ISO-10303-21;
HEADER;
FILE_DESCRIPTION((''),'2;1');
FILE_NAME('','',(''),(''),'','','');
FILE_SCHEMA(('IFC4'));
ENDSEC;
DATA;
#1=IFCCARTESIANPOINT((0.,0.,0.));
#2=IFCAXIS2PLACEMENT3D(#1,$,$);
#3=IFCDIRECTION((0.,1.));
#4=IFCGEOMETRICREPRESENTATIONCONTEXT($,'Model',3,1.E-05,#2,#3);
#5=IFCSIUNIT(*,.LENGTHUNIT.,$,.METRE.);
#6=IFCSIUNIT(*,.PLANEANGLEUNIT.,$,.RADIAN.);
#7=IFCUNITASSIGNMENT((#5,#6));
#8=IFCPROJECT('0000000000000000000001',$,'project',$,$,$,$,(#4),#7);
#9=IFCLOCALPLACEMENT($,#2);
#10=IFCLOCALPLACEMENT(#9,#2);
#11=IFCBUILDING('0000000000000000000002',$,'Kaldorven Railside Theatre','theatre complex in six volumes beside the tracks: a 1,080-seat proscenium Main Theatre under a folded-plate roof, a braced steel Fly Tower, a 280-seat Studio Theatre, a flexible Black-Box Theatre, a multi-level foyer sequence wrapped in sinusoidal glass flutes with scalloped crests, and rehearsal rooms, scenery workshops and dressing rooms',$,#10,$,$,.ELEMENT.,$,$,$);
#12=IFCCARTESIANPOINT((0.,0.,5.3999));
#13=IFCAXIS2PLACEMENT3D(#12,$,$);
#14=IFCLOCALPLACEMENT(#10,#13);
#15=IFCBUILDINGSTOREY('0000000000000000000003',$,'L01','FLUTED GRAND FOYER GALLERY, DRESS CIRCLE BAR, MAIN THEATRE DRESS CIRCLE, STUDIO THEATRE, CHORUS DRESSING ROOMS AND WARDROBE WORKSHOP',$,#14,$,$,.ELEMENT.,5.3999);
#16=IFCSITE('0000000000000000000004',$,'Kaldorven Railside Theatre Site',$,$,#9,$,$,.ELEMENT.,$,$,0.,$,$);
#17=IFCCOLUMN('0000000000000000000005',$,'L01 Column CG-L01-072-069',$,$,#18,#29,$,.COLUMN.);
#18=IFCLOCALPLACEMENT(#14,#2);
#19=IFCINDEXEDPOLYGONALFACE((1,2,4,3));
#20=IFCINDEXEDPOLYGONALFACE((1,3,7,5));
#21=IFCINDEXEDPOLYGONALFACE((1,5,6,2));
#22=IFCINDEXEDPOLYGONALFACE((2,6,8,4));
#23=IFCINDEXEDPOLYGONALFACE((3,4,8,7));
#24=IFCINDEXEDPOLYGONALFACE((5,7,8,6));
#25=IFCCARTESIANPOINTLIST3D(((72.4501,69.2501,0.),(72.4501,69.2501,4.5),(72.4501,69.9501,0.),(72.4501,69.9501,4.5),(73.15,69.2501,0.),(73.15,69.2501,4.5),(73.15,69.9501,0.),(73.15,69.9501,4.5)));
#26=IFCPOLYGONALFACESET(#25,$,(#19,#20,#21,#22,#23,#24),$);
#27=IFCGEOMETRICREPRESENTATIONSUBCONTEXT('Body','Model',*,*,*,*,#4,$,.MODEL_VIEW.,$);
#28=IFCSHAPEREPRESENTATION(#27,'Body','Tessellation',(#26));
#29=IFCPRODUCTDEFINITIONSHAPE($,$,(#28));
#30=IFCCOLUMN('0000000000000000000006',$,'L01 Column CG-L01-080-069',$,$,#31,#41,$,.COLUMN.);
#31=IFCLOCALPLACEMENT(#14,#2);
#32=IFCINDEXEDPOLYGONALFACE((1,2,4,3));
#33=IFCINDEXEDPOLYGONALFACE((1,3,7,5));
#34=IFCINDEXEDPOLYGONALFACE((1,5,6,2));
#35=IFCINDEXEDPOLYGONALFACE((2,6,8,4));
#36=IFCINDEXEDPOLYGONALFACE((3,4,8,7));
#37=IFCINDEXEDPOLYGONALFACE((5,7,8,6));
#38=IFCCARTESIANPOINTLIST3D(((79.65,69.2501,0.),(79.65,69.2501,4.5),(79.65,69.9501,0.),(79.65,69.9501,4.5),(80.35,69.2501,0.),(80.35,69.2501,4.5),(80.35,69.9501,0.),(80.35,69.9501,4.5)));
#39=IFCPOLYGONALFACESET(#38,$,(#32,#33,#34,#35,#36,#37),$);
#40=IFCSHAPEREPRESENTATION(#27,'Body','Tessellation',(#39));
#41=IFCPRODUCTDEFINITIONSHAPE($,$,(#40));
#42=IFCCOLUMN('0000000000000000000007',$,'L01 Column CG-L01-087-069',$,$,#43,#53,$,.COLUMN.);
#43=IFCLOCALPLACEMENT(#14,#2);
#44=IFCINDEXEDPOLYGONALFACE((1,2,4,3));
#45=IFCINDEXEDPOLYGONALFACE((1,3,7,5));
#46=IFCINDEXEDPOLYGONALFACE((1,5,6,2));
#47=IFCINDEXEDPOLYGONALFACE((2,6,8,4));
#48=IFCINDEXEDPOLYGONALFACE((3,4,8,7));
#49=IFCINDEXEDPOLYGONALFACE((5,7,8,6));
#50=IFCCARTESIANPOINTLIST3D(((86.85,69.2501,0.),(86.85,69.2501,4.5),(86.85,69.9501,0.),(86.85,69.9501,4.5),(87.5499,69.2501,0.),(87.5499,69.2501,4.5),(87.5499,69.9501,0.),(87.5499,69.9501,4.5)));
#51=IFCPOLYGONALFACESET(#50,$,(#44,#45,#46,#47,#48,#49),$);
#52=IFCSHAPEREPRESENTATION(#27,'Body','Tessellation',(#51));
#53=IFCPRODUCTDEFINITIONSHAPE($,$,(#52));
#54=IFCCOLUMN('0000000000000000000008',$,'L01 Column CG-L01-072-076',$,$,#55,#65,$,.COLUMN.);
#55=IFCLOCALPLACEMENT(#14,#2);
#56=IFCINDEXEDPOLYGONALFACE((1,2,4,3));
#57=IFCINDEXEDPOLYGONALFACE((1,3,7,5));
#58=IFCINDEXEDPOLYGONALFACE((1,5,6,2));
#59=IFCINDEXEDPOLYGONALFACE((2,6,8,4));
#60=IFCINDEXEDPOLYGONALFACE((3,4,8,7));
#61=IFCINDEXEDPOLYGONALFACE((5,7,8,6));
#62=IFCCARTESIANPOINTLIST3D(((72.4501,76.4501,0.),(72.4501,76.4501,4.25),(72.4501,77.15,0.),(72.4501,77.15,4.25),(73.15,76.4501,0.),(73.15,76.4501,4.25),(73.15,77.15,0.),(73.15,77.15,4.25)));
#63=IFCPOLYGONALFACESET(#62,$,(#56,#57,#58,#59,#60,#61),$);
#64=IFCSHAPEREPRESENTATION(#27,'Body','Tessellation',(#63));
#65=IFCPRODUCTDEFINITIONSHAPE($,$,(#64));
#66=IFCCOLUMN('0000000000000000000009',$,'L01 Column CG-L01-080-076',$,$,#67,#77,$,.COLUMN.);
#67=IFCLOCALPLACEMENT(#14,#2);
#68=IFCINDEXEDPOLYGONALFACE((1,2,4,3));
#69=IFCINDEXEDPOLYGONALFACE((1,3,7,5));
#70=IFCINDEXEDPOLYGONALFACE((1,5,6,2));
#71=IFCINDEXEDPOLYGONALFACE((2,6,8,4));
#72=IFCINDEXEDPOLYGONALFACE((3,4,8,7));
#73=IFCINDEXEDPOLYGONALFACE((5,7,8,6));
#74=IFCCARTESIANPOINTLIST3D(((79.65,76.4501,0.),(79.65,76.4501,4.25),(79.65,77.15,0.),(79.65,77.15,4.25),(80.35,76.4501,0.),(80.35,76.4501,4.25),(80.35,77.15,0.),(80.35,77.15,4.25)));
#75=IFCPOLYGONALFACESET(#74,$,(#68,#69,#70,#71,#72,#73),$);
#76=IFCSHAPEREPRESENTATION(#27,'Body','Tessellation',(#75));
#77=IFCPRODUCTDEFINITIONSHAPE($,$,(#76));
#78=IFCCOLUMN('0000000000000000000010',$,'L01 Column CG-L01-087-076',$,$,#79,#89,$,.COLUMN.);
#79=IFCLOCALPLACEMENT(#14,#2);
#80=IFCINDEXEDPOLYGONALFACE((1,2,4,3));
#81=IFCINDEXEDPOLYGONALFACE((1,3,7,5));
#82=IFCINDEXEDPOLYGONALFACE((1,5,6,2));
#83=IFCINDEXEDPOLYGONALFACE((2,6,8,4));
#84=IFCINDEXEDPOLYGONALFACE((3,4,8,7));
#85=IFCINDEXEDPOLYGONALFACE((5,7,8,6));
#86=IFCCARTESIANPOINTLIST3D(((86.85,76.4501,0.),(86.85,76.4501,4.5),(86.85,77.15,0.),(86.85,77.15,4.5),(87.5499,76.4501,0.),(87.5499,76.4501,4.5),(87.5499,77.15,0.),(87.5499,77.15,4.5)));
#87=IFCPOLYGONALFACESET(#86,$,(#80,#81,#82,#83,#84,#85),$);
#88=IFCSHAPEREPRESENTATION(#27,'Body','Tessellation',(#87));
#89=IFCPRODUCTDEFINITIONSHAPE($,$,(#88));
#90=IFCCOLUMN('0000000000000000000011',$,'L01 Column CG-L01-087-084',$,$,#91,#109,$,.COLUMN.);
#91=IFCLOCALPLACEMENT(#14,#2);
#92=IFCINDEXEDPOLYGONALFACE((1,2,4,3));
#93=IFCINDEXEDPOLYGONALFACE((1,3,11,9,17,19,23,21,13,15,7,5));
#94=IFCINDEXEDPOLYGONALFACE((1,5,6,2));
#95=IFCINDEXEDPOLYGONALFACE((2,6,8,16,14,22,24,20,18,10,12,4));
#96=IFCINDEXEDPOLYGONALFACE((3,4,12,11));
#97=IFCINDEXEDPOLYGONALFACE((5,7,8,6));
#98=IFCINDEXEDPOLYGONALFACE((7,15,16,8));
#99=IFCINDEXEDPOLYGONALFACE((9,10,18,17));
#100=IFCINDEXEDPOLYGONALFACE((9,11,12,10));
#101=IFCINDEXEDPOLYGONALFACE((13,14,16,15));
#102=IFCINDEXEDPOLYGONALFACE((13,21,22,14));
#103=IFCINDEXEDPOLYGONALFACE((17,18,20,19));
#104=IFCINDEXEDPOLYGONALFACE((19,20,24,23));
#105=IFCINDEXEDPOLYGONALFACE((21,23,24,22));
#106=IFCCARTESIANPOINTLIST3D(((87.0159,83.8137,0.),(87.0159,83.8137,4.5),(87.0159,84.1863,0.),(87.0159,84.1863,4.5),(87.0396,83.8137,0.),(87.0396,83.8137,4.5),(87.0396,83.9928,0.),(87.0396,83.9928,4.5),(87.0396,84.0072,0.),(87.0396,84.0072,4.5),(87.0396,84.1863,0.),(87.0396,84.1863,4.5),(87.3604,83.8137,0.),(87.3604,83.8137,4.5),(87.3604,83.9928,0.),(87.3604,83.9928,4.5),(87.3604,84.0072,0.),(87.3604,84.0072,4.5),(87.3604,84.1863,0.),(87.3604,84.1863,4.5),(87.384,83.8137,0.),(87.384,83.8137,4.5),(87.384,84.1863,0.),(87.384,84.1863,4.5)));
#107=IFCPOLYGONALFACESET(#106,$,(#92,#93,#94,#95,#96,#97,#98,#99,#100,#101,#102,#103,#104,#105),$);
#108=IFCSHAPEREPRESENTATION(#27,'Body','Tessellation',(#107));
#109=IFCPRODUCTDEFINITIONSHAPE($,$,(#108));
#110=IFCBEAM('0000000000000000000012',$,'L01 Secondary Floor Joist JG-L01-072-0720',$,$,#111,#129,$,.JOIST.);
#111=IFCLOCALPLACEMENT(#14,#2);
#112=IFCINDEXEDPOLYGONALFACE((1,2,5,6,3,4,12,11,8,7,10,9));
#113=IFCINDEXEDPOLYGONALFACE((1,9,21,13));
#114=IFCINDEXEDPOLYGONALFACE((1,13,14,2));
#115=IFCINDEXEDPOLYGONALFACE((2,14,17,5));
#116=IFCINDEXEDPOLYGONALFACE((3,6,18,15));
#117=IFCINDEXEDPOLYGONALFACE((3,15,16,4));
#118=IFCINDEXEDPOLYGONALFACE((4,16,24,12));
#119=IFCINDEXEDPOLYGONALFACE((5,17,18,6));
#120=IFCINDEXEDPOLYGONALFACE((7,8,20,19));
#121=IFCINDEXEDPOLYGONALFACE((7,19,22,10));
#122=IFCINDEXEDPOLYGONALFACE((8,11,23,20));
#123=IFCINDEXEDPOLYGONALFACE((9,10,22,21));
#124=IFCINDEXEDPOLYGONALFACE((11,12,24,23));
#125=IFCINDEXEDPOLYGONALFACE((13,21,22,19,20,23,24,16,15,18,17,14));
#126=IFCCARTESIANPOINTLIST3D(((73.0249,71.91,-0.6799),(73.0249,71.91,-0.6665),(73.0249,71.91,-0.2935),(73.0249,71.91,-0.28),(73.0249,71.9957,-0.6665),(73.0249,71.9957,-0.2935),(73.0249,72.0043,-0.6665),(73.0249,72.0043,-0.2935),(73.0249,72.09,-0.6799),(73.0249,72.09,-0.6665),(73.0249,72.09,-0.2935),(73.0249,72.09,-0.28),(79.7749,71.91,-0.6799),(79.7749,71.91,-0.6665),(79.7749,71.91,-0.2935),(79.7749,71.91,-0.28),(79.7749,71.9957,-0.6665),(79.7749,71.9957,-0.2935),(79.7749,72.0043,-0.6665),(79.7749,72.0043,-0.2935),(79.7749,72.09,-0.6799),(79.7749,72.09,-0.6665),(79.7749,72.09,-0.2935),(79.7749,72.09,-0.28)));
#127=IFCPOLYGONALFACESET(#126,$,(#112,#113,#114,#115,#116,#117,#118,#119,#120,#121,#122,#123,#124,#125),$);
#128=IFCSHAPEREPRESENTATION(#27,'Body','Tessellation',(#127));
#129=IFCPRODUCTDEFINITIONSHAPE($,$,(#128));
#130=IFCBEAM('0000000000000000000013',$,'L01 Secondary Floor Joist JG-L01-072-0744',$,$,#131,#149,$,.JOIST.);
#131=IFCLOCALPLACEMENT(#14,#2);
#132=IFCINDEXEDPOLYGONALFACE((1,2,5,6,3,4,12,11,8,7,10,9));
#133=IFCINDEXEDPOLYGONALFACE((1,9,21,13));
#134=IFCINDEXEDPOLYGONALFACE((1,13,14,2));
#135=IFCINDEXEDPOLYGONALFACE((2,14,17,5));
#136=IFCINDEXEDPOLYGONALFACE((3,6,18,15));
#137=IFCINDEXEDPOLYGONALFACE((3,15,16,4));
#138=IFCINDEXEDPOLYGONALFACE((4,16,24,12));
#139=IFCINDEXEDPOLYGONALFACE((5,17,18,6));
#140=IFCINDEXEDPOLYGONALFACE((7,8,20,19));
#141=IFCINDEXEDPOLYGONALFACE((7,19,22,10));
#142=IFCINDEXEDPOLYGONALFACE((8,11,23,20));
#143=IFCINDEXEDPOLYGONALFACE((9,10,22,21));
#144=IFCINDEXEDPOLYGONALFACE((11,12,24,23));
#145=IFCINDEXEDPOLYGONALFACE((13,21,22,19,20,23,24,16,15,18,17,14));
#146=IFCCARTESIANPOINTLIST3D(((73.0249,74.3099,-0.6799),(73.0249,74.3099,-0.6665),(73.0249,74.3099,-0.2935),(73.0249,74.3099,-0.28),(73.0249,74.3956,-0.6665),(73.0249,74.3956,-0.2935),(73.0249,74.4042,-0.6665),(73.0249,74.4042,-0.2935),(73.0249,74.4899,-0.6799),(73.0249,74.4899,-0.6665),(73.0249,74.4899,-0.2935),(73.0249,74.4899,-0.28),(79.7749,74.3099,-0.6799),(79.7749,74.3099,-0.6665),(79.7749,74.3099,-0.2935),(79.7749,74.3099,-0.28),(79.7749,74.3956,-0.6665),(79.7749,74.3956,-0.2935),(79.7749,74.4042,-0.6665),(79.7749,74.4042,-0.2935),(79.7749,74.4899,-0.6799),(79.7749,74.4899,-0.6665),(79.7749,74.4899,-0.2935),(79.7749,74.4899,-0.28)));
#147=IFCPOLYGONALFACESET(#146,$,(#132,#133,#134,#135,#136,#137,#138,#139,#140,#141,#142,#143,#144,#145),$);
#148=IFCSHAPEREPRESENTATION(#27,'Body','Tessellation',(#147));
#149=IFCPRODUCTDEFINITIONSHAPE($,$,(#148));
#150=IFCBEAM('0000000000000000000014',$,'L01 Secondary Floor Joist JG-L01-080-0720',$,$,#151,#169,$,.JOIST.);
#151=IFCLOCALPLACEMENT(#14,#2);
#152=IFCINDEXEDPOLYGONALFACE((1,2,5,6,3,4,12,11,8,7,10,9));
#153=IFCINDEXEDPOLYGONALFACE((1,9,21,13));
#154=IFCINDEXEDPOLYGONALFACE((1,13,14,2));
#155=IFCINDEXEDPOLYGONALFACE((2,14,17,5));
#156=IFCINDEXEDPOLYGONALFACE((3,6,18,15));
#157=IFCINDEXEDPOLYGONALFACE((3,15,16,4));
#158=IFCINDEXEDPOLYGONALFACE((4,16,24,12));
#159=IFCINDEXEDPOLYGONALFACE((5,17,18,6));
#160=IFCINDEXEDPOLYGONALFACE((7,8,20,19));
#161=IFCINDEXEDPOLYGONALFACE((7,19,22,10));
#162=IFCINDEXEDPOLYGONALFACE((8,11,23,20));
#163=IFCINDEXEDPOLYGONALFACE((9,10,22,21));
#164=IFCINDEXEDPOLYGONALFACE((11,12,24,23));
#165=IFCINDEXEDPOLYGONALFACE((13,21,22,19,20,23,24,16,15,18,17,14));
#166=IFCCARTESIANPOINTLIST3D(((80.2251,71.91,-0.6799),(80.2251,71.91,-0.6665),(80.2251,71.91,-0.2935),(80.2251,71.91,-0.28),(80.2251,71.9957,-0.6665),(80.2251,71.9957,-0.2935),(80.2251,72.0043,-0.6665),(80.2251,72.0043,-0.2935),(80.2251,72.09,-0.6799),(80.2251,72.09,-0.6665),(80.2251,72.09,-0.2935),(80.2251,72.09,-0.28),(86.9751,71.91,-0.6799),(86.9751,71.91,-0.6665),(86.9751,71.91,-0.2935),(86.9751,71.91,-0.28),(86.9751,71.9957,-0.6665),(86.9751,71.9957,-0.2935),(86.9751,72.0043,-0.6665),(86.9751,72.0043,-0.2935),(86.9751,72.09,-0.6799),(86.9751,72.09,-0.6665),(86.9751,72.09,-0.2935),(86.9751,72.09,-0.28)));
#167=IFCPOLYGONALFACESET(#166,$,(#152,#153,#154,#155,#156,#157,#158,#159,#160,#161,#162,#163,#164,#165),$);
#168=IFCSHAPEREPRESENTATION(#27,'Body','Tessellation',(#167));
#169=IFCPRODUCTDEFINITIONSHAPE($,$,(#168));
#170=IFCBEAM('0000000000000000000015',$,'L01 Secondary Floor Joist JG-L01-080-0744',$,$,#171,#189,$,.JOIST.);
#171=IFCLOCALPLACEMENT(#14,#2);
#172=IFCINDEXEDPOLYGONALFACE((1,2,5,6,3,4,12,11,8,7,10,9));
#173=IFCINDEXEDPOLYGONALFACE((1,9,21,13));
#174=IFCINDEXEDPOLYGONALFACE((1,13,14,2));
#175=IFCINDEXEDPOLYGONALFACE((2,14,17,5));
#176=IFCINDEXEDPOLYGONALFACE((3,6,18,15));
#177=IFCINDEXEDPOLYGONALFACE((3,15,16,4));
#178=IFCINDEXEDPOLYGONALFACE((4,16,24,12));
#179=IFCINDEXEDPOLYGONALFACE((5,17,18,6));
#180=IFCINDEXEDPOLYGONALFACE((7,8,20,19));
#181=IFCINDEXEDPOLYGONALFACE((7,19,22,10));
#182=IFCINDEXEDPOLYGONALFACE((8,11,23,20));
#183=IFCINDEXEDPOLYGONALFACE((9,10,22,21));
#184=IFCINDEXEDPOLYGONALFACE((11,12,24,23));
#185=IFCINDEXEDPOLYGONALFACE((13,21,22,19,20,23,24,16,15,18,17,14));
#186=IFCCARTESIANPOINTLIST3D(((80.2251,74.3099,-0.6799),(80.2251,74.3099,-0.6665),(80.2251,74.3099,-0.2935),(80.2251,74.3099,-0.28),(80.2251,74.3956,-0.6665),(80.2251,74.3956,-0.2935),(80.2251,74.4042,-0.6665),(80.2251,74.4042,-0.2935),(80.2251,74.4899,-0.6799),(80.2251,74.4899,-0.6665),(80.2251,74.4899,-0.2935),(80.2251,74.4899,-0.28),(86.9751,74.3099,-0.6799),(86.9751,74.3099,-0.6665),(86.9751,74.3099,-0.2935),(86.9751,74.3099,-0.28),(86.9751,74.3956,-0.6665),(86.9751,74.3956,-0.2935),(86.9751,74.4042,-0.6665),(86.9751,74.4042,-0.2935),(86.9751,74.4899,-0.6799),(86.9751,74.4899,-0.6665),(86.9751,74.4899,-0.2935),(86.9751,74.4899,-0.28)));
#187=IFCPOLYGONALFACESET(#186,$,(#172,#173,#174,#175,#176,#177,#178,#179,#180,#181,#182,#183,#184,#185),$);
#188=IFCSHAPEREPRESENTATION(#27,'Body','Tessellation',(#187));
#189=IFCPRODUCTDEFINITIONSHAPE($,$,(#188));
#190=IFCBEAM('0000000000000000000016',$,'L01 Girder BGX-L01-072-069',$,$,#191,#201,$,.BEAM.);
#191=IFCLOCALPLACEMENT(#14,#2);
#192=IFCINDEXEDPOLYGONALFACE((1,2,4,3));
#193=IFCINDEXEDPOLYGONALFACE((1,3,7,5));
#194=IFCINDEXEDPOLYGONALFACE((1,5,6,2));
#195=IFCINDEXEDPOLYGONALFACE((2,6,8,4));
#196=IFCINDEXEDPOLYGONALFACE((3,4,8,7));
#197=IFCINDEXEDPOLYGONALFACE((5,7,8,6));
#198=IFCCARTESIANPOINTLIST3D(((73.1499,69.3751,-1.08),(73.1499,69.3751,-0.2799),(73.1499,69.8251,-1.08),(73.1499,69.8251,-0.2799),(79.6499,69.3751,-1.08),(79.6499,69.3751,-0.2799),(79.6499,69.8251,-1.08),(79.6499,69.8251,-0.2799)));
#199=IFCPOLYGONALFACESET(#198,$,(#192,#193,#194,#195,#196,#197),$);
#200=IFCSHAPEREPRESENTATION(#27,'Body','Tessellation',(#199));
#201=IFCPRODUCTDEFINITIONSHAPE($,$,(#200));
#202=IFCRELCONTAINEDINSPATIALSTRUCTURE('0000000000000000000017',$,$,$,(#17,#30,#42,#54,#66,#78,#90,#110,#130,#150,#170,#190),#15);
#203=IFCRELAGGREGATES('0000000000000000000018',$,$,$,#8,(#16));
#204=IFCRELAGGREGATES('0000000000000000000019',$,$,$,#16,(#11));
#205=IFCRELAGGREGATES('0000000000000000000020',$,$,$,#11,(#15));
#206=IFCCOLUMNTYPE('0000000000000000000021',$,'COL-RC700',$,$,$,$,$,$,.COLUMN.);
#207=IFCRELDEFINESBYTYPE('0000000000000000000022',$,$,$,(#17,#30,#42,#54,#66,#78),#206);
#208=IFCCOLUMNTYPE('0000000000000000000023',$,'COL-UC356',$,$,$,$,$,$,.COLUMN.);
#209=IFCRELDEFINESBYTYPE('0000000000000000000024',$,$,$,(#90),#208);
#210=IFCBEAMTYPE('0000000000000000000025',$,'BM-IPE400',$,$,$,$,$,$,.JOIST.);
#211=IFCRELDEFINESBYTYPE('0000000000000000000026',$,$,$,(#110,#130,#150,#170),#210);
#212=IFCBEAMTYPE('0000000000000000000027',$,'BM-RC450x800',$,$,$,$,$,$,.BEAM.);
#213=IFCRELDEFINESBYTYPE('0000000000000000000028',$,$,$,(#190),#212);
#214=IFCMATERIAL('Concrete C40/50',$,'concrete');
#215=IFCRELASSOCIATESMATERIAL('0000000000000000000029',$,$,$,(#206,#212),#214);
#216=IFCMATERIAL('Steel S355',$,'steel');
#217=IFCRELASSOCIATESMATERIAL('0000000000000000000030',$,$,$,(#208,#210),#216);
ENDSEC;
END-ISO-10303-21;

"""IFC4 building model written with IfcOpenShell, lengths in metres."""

from ifc_helpers import new_model, si_unit, direction, frame, origin, origin_2d, place, context, subcontext, project, spatial, rectangle, i_section, extrude, material, material_profile, profile_set, type_object, element, save


model = new_model("IFC4")

# Units and contexts
model_context = context("Model", 3, precision=1e-05, world=origin(), true_north=direction((0.0, 1.0)))
body_context = subcontext(model_context, "Body", "Model", "MODEL_VIEW")
ifc_project = project(units=[si_unit("LENGTHUNIT", "METRE"), si_unit("PLANEANGLEUNIT", "RADIAN")], contexts=[model_context])

# Site, building, storey
site_placement = place(None, origin())
site = spatial("IfcSite", under=ifc_project, at=site_placement, Name="Kaldorven Railside Theatre Site", CompositionType="ELEMENT", RefElevation=0.0)
building_placement = place(site_placement, origin())
building = spatial("IfcBuilding", under=site, at=building_placement, Name="Kaldorven Railside Theatre", Description="theatre complex in six volumes beside the tracks: a 1,080-seat proscenium Main Theatre under a folded-plate roof, a braced steel Fly Tower, a 280-seat Studio Theatre, a flexible Black-Box Theatre, a multi-level foyer sequence wrapped in sinusoidal glass flutes with scalloped crests, and rehearsal rooms, scenery workshops and dressing rooms", CompositionType="ELEMENT")
storey_placement = place(building_placement, frame((0.0, 0.0, 5.3999)))
storey = spatial("IfcBuildingStorey", under=building, at=storey_placement, Name="L01", Description="FLUTED GRAND FOYER GALLERY, DRESS CIRCLE BAR, MAIN THEATRE DRESS CIRCLE, STUDIO THEATRE, CHORUS DRESSING ROOMS AND WARDROBE WORKSHOP", CompositionType="ELEMENT", Elevation=5.3999)

# Columns
ifc_material_1 = material(Name="Concrete C40/50", Category="concrete")
ifc_material_profile_1 = material_profile(ifc_material_1, rectangle(XDim=0.7, YDim=0.7, at=origin_2d()), Name="RC 700x700")
ifc_profile_set_1 = profile_set([ifc_material_profile_1], Name="Concrete C40/50")
column_type_1 = type_object("IfcColumnType", Name="COL-RC700", PredefinedType="COLUMN", material=ifc_profile_set_1)
for number, where, z_axis, x_axis, name in (
    (1, (72.8, 69.6001, 0.0), (0.0, 0.0, 1.0), (1.0, 0.0, 0.0), "L01 Column CG-L01-072-069"),
    (2, (80.0, 69.6001, 0.0), (0.0, 0.0, 1.0), (0.0, 1.0, 0.0), "L01 Column CG-L01-080-069"),
    (3, (87.2, 69.6001, 0.0), (0.0, 0.0, 1.0), (1.0, 0.0, 0.0), "L01 Column CG-L01-087-069"),
):
    element("IfcColumn", number, at=place(storey_placement, frame(where, z_axis=z_axis, x_axis=x_axis)), inside=storey, type_object=column_type_1, Name=name, PredefinedType="COLUMN", context=body_context, shape_type="SweptSolid", body=[
        extrude(rectangle(XDim=0.7, YDim=0.7, at=origin_2d()), origin(), (0.0, 0.0, 1.0), 4.5),
    ])
for number, where, z_axis, x_axis, name in (
    (4, (72.8, 76.8, 0.0), (0.0, 0.0, 1.0), (0.0, 1.0, 0.0), "L01 Column CG-L01-072-076"),
    (5, (80.0, 76.8, 0.0), (0.0, 0.0, 1.0), (1.0, 0.0, 0.0), "L01 Column CG-L01-080-076"),
):
    element("IfcColumn", number, at=place(storey_placement, frame(where, z_axis=z_axis, x_axis=x_axis)), inside=storey, type_object=column_type_1, Name=name, PredefinedType="COLUMN", context=body_context, shape_type="SweptSolid", body=[
        extrude(rectangle(XDim=0.7, YDim=0.7, at=origin_2d()), origin(), (0.0, 0.0, 1.0), 4.25),
    ])
column_1_placement = place(storey_placement, frame((87.2, 76.8, 0.0), z_axis=(0.0, 0.0, 1.0), x_axis=(1.0, 0.0, 0.0)))
element("IfcColumn", 6, at=column_1_placement, inside=storey, type_object=column_type_1, Name="L01 Column CG-L01-087-076", PredefinedType="COLUMN", context=body_context, shape_type="SweptSolid", body=[
    extrude(rectangle(XDim=0.7, YDim=0.7, at=origin_2d()), origin(), (0.0, 0.0, 1.0), 4.5),
])
ifc_material_2 = material(Name="Steel S355", Category="steel")
ifc_material_profile_2 = material_profile(ifc_material_2, i_section(OverallWidth=0.3726, OverallDepth=0.3682, WebThickness=0.0144, FlangeThickness=0.0237, at=origin_2d()), Name="UC 356x368x177")
ifc_profile_set_2 = profile_set([ifc_material_profile_2], Name="Steel S355")
column_type_2 = type_object("IfcColumnType", Name="COL-UC356", PredefinedType="COLUMN", material=ifc_profile_set_2)
column_2_placement = place(storey_placement, frame((87.2, 84.0, 0.0), z_axis=(0.0, 0.0, 1.0), x_axis=(0.0, 1.0, 0.0)))
element("IfcColumn", 7, at=column_2_placement, inside=storey, type_object=column_type_2, Name="L01 Column CG-L01-087-084", PredefinedType="COLUMN", context=body_context, shape_type="SweptSolid", body=[
    extrude(i_section(OverallWidth=0.3726, OverallDepth=0.3682, WebThickness=0.0144, FlangeThickness=0.0237, at=origin_2d()), origin(), (0.0, 0.0, 1.0), 4.5),
])

# Beams
ifc_material_profile_3 = material_profile(ifc_material_2, i_section(OverallWidth=0.1799, OverallDepth=0.3999, WebThickness=0.0085, FlangeThickness=0.0134, at=origin_2d()), Name="IPE 400")
ifc_profile_set_3 = profile_set([ifc_material_profile_3], Name="Steel S355")
beam_type_1 = type_object("IfcBeamType", Name="BM-IPE400", PredefinedType="JOIST", material=ifc_profile_set_3)
for number, where, z_axis, x_axis, name in (
    (8, (73.0249, 72.0, -0.48), (1.0, 0.0, 0.0), (0.0, 1.0, 0.0), "L01 Secondary Floor Joist JG-L01-072-0720"),
    (9, (73.0249, 74.3999, -0.48), (1.0, 0.0, 0.0), (0.0, 1.0, 0.0), "L01 Secondary Floor Joist JG-L01-072-0744"),
    (10, (80.2251, 72.0, -0.48), (1.0, 0.0, 0.0), (0.0, 1.0, 0.0), "L01 Secondary Floor Joist JG-L01-080-0720"),
    (11, (80.2251, 74.3999, -0.48), (1.0, 0.0, 0.0), (0.0, 1.0, 0.0), "L01 Secondary Floor Joist JG-L01-080-0744"),
):
    element("IfcBeam", number, at=place(storey_placement, frame(where, z_axis=z_axis, x_axis=x_axis)), inside=storey, type_object=beam_type_1, Name=name, PredefinedType="JOIST", context=body_context, shape_type="SweptSolid", body=[
        extrude(i_section(OverallWidth=0.1799, OverallDepth=0.3999, WebThickness=0.0085, FlangeThickness=0.0134, at=origin_2d()), origin(), (0.0, 0.0, 1.0), 6.75),
    ])
ifc_material_profile_4 = material_profile(ifc_material_1, rectangle(XDim=0.45, YDim=0.8, at=origin_2d()), Name="RC 450x800")
ifc_profile_set_4 = profile_set([ifc_material_profile_4], Name="Concrete C40/50")
beam_type_2 = type_object("IfcBeamType", Name="BM-RC450x800", PredefinedType="BEAM", material=ifc_profile_set_4)
for number, where, z_axis, x_axis, name in (
    (12, (73.1499, 69.6001, -0.6799), (1.0, 0.0, 0.0), (0.0, 1.0, 0.0), "L01 Girder BGX-L01-072-069"),
):
    element("IfcBeam", number, at=place(storey_placement, frame(where, z_axis=z_axis, x_axis=x_axis)), inside=storey, type_object=beam_type_2, Name=name, PredefinedType="BEAM", context=body_context, shape_type="SweptSolid", body=[
        extrude(rectangle(XDim=0.45, YDim=0.8, at=origin_2d()), origin(), (0.0, 0.0, 1.0), 6.5),
    ])

save(model, "model.ifc")
